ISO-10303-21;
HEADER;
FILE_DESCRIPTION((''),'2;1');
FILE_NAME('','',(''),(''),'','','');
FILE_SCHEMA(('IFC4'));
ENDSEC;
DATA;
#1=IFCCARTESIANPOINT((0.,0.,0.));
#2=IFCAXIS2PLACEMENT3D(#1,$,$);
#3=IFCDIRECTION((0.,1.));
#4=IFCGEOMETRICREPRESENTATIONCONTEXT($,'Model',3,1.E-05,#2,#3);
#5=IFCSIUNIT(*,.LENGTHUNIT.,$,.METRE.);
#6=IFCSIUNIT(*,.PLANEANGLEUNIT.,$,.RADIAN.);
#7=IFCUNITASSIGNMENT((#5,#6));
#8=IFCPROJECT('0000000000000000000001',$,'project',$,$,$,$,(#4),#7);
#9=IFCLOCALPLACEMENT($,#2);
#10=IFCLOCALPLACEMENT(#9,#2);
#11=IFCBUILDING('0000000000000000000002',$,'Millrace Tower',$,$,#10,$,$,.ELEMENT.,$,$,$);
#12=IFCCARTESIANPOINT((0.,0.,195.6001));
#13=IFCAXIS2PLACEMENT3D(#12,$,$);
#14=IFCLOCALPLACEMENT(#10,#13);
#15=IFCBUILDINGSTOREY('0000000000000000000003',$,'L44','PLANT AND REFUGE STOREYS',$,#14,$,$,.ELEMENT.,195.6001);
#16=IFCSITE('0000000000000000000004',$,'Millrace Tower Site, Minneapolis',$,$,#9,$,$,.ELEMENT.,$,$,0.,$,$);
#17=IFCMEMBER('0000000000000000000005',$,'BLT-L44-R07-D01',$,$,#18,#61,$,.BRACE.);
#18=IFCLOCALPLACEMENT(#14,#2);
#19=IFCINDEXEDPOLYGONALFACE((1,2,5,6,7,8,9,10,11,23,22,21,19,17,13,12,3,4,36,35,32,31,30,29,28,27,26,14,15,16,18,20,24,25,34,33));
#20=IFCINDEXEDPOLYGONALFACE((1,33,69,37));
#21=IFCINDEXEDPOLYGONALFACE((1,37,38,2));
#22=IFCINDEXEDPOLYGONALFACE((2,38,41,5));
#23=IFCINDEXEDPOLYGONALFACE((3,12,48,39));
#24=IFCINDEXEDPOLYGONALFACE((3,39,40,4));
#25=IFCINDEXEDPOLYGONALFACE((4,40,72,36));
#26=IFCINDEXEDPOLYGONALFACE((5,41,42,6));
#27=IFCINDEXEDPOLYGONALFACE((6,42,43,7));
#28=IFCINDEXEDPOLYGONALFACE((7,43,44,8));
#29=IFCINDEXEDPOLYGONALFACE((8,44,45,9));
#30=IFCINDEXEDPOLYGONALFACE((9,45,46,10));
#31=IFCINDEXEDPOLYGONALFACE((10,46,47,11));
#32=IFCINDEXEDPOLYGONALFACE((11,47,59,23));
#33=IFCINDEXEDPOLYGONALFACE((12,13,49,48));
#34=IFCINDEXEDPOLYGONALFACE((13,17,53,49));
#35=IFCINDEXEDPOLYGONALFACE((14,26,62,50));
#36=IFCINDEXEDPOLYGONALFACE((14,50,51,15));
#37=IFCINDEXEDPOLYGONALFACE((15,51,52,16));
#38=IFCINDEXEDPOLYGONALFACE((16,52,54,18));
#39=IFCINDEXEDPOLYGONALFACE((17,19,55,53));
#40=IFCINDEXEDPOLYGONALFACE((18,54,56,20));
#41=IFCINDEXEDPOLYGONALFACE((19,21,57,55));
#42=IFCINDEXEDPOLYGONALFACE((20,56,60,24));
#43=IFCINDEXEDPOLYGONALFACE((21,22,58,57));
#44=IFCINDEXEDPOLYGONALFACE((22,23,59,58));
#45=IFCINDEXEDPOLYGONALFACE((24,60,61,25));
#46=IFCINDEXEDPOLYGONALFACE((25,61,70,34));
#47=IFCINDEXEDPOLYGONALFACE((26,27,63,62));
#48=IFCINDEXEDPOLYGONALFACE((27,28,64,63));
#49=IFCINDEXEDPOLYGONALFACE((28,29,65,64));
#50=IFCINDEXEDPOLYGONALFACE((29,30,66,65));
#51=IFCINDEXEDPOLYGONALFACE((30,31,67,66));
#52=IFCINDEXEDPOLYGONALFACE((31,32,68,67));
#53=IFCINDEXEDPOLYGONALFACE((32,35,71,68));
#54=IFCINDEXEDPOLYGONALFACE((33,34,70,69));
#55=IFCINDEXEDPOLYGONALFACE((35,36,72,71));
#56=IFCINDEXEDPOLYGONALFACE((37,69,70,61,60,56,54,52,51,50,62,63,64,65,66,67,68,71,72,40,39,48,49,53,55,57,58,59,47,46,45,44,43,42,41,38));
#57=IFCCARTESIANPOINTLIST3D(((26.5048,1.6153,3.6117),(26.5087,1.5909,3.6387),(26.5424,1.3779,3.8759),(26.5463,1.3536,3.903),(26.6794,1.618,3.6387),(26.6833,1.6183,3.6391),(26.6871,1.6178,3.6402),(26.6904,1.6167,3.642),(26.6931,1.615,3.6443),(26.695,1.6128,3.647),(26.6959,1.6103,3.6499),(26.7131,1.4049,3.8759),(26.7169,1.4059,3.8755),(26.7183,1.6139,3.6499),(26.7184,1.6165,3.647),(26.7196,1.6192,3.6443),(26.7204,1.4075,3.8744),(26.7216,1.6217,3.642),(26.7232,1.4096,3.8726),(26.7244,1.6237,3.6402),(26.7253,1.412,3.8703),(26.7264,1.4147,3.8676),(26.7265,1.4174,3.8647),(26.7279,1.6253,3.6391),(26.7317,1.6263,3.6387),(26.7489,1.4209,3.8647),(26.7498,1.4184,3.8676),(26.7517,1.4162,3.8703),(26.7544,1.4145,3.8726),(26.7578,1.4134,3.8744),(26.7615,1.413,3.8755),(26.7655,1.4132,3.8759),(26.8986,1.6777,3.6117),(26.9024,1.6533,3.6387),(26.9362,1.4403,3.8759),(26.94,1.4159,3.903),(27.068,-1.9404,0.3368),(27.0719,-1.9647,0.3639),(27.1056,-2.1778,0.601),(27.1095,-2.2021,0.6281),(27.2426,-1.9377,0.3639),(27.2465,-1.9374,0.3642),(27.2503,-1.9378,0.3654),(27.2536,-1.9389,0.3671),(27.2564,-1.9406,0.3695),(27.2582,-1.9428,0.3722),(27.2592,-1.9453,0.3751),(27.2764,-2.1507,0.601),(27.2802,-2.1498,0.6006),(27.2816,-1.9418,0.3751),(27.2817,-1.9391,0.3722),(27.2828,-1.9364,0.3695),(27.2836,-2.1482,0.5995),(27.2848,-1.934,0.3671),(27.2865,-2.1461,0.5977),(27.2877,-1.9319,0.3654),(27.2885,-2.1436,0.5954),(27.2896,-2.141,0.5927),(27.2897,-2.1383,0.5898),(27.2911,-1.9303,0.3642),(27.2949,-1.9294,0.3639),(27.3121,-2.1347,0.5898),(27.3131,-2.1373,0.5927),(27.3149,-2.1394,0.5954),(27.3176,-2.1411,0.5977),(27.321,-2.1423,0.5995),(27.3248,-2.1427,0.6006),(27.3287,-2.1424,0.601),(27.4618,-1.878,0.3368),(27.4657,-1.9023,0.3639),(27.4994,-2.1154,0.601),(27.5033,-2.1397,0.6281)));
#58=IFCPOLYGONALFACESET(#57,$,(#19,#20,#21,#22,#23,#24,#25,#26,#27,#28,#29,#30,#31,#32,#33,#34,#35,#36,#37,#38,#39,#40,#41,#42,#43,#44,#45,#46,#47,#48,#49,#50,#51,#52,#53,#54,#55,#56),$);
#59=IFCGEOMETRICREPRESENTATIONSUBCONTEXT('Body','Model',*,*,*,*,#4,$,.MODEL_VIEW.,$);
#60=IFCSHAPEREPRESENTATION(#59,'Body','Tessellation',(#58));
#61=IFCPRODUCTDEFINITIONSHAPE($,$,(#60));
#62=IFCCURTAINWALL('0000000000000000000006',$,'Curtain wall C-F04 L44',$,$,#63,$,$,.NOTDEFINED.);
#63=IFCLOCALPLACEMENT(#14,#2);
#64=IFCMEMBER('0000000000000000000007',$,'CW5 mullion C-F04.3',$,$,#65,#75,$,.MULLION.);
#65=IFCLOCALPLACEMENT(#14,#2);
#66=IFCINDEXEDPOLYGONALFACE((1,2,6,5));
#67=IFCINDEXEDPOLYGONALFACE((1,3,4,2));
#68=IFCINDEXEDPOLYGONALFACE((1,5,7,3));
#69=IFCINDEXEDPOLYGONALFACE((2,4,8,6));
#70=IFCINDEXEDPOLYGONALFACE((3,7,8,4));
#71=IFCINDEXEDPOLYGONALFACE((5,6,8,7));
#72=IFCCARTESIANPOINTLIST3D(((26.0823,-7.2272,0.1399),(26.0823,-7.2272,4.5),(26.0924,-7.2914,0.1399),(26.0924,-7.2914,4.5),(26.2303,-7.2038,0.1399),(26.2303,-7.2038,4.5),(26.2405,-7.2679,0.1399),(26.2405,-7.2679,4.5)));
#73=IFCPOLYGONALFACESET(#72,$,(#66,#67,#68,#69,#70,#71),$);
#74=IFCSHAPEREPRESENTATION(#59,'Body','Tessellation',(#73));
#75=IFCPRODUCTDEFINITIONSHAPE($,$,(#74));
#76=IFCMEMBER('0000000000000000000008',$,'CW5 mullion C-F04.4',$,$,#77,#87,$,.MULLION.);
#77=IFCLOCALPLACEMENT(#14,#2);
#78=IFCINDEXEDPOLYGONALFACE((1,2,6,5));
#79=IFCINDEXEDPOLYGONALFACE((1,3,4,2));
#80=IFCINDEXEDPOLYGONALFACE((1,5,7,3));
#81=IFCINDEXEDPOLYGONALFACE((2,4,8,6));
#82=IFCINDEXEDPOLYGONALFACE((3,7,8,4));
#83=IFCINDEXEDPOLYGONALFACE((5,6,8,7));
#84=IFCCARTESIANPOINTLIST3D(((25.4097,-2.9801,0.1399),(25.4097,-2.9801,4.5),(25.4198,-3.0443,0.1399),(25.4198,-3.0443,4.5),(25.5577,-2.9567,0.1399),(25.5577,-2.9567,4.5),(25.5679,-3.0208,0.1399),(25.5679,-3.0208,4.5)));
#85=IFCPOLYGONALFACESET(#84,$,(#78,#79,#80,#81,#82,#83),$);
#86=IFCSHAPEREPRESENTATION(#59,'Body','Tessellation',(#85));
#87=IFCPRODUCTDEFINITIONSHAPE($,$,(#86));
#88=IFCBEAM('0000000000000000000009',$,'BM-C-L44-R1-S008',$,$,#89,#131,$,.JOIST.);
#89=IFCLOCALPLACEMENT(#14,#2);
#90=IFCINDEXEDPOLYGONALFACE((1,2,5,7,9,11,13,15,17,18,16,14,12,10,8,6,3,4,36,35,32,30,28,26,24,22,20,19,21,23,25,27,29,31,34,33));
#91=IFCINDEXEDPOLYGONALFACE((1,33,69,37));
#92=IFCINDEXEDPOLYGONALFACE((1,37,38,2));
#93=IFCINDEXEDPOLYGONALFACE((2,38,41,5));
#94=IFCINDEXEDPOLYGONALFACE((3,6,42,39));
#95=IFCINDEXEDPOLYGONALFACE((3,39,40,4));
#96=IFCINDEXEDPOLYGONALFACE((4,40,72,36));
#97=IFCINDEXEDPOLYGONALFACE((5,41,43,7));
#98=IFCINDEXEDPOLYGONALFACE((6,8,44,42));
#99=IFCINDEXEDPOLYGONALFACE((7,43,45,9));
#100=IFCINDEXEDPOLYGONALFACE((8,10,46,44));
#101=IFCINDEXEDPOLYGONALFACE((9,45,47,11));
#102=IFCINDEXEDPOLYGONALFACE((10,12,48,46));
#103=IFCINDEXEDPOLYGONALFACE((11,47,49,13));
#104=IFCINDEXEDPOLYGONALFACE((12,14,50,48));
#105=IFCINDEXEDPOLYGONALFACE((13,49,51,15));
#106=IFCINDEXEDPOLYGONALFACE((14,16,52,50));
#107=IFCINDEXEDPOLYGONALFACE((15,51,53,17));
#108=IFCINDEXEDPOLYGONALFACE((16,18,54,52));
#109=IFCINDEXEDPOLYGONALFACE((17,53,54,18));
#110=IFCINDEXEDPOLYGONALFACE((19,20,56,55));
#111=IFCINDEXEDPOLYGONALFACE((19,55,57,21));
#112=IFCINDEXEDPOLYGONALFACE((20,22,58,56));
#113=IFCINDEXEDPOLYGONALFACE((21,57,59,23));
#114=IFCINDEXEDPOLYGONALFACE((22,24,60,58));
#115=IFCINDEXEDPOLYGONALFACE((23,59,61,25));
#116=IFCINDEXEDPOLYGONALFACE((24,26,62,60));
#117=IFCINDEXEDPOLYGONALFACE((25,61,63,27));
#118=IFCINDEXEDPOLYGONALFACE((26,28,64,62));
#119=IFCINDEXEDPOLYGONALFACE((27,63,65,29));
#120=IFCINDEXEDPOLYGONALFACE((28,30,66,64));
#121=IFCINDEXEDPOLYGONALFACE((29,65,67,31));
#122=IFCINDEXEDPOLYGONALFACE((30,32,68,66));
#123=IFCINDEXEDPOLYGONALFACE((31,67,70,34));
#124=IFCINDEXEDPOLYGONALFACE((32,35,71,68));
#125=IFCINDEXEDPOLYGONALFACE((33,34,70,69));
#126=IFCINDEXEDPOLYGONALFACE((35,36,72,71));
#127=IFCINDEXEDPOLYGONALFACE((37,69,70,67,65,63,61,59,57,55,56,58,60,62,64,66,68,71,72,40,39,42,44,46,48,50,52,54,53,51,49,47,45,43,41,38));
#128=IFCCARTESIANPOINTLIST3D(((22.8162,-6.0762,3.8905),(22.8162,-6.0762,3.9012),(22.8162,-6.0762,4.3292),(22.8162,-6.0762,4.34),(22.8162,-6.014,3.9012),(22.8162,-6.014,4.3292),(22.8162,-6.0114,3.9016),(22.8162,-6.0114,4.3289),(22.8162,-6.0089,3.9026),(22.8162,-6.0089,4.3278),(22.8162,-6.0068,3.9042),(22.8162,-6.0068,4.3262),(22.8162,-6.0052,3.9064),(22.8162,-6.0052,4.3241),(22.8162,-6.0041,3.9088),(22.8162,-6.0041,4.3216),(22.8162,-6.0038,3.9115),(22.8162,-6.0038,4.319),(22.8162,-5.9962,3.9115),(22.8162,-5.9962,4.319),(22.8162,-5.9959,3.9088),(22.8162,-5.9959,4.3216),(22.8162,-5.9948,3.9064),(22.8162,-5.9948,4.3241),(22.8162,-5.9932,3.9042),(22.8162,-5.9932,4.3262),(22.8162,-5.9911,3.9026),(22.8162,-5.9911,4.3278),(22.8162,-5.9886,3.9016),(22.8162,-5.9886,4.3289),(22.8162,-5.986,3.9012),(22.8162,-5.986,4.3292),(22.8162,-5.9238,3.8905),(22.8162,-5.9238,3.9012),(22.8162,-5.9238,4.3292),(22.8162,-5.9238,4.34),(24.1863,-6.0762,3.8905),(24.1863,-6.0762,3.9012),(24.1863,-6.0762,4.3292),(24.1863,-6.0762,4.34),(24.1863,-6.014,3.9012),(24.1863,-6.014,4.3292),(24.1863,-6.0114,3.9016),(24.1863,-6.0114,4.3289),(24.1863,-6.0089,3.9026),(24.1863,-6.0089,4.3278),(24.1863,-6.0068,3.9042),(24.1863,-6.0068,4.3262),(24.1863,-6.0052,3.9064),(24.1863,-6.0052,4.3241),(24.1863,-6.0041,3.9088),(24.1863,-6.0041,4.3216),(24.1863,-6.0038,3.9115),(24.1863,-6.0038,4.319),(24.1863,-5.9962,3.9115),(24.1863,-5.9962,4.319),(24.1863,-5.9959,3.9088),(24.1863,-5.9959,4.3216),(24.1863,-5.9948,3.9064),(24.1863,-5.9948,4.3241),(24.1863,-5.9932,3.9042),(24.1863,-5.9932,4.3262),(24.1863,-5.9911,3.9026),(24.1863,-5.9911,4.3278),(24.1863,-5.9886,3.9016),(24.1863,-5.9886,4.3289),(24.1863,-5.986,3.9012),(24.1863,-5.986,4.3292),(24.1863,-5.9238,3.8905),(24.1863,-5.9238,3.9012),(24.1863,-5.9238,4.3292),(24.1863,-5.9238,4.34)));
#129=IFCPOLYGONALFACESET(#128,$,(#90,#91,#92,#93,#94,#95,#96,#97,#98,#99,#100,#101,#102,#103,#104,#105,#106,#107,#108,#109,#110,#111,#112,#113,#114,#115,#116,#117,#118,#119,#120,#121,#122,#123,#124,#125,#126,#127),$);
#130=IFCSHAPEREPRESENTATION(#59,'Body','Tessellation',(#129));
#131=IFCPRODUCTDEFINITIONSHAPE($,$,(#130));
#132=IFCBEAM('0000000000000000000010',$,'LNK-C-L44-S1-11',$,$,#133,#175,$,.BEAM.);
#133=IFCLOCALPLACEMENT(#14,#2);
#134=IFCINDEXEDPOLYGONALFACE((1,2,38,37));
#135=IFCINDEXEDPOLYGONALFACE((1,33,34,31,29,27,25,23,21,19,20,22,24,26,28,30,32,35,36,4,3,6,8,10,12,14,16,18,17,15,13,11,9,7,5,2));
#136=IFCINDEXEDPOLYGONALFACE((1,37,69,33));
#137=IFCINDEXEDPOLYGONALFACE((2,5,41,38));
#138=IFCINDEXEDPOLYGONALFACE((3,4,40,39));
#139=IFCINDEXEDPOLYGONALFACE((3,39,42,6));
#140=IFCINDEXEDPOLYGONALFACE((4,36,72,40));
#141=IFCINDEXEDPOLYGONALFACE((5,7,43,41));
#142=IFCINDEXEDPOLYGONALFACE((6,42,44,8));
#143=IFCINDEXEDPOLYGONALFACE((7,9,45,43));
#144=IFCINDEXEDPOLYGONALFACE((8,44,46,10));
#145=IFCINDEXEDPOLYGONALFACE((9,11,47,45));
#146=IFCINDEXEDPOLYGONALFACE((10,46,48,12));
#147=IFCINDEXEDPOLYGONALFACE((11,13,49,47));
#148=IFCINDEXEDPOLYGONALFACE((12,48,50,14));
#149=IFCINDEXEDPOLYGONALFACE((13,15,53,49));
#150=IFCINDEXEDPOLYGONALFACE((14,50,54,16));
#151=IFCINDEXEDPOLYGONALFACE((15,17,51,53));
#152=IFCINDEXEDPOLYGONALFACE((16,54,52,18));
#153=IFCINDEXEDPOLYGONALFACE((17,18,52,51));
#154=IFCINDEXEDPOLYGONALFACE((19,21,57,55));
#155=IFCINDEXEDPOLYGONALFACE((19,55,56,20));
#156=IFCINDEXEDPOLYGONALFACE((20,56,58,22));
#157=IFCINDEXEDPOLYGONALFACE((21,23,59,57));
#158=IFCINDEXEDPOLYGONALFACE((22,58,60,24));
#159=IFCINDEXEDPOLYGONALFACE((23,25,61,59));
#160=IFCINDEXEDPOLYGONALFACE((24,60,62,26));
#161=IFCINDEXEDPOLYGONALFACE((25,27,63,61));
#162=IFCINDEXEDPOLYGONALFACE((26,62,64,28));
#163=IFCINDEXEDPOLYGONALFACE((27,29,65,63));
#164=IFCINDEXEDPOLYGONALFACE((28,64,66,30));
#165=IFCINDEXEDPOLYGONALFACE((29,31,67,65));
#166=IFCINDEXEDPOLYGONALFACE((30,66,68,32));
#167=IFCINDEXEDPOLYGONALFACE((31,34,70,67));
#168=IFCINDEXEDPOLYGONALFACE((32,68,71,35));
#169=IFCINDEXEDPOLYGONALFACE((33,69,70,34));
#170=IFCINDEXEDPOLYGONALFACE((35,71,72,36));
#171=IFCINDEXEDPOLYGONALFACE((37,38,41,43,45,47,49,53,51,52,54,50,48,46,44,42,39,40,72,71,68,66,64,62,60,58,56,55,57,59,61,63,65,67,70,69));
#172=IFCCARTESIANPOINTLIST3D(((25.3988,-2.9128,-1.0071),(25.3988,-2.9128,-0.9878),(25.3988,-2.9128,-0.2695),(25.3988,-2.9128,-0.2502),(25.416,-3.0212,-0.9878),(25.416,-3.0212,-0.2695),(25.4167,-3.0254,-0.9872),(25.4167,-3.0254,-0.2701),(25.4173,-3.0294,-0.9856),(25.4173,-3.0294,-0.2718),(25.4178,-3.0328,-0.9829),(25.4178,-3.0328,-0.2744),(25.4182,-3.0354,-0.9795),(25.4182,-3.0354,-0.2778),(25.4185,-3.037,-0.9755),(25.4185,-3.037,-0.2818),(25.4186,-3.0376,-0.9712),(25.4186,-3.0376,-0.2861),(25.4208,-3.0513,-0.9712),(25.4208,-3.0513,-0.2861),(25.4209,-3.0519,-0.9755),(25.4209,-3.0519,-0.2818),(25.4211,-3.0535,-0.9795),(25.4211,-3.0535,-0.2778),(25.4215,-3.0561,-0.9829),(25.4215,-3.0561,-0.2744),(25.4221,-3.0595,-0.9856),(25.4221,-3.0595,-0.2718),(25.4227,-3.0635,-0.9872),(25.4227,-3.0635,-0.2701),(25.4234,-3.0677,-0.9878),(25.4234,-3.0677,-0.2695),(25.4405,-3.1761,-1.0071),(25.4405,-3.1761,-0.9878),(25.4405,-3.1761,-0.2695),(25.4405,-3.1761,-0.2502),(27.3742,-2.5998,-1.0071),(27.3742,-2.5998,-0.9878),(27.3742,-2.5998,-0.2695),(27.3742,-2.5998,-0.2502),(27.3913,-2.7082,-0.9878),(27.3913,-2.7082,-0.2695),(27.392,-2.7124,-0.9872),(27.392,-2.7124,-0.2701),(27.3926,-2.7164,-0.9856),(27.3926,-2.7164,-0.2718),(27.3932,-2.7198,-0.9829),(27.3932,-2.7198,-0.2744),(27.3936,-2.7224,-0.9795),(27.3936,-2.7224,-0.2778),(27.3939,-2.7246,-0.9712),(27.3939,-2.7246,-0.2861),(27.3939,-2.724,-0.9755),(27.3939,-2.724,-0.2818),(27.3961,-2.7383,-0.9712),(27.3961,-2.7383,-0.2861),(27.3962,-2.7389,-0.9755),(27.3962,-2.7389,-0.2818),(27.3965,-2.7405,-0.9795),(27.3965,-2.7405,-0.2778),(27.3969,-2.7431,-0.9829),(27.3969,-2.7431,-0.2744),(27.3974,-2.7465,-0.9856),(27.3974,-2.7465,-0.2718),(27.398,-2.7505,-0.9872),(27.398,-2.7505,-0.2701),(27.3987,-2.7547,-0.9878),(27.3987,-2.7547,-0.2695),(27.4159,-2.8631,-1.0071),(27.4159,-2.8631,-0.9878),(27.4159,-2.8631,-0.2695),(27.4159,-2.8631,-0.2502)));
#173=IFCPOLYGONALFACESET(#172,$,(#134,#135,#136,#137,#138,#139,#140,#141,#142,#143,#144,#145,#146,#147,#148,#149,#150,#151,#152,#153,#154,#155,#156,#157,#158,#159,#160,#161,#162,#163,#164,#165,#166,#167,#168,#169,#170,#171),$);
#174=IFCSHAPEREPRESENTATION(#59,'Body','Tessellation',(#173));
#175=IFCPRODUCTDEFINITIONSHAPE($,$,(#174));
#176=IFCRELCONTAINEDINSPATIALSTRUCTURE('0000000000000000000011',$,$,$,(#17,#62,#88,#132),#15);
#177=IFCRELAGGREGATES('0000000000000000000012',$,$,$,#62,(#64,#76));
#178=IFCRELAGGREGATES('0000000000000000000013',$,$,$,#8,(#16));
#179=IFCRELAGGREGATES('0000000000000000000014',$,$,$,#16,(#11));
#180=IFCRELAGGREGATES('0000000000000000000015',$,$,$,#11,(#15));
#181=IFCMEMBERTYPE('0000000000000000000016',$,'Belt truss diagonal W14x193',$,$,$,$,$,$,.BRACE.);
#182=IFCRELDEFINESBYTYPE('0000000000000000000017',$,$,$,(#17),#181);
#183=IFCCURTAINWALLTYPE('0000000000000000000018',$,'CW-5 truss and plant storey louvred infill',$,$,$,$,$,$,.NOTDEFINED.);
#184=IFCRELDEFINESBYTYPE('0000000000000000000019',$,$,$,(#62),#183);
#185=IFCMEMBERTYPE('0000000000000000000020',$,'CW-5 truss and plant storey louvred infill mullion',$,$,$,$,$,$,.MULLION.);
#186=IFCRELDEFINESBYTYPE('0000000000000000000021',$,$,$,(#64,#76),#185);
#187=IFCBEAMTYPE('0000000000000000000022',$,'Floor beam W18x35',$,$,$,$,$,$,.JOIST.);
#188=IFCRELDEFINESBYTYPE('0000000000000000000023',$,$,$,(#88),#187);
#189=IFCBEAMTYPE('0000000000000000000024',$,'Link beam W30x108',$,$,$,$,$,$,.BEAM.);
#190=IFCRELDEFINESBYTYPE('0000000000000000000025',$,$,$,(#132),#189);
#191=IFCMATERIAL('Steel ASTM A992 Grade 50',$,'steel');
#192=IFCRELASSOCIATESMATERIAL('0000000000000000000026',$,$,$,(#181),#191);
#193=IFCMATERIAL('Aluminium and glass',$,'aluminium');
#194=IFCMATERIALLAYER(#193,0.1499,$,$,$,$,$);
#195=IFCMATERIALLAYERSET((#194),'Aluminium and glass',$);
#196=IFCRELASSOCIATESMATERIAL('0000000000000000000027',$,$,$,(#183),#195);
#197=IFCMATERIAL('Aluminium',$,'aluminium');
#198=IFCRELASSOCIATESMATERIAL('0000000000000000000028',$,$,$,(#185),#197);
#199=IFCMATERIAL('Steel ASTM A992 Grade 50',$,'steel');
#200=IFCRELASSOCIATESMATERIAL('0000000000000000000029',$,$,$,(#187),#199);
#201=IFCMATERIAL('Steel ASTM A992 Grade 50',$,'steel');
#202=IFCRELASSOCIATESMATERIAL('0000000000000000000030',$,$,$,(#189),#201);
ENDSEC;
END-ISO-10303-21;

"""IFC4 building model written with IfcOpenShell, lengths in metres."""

from ifc_helpers import new_model, si_unit, direction, frame, origin, origin_2d, place, context, subcontext, project, spatial, rectangle, i_section, extrude, material, layer, layer_set, material_profile, profile_set, type_object, element, aggregate, save


model = new_model("IFC4")

# Units and contexts
model_context = context("Model", 3, precision=1e-05, world=origin(), true_north=direction((0.0, 1.0)))
body_context = subcontext(model_context, "Body", "Model", "MODEL_VIEW")
ifc_project = project(units=[si_unit("LENGTHUNIT", "METRE"), si_unit("PLANEANGLEUNIT", "RADIAN")], contexts=[model_context])

# Site, building, storey
site_placement = place(None, origin())
site = spatial("IfcSite", under=ifc_project, at=site_placement, Name="Millrace Tower Site, Minneapolis", CompositionType="ELEMENT", RefElevation=0.0)
building_placement = place(site_placement, origin())
building = spatial("IfcBuilding", under=site, at=building_placement, Name="Millrace Tower", CompositionType="ELEMENT")
storey_placement = place(building_placement, frame((0.0, 0.0, 195.6001)))
storey = spatial("IfcBuildingStorey", under=building, at=storey_placement, Name="L44", Description="PLANT AND REFUGE STOREYS", CompositionType="ELEMENT", Elevation=195.6001)

# Member
ifc_material_1 = material(Name="Steel ASTM A992 Grade 50", Category="steel")
ifc_material_profile_1 = material_profile(ifc_material_1, i_section(OverallWidth=0.3987, OverallDepth=0.3938, WebThickness=0.0227, FlangeThickness=0.0366, FilletRadius=0.0151, at=origin_2d()))
ifc_profile_set_1 = profile_set([ifc_material_profile_1], Name="Steel ASTM A992 Grade 50")
member_type_1 = type_object("IfcMemberType", Name="Belt truss diagonal W14x193", PredefinedType="BRACE", material=ifc_profile_set_1)
member_1_placement = place(storey_placement, frame((27.2856, -2.04, 0.4824), z_axis=(-0.115731, 0.730608, 0.672918), x_axis=(-0.987685, -0.156454, 0.0)))
element("IfcMember", 1, at=member_1_placement, inside=storey, type_object=member_type_1, Name="BLT-L44-R07-D01", PredefinedType="BRACE", context=body_context, shape_type="SweptSolid", body=[
    extrude(i_section(OverallWidth=0.3987, OverallDepth=0.3938, WebThickness=0.0227, FlangeThickness=0.0366, FilletRadius=0.0151, at=origin_2d()), origin(), (0.0, 0.0, 1.0), 4.8667),
])

# Curtain wall, members
ifc_material_2 = material(Name="Aluminium and glass", Category="aluminium")
ifc_layer_1 = layer(ifc_material_2, 0.1499)
ifc_layer_set_1 = layer_set([ifc_layer_1], Name="Aluminium and glass")
curtain_wall_type = type_object("IfcCurtainWallType", Name="CW-5 truss and plant storey louvred infill", PredefinedType="NOTDEFINED", material=ifc_layer_set_1)
curtain_wall_placement = place(storey_placement, origin())
curtain_wall = element("IfcCurtainWall", 2, at=curtain_wall_placement, inside=storey, type_object=curtain_wall_type, Name="Curtain wall C-F04 L44", PredefinedType="NOTDEFINED")
ifc_material_3 = material(Name="Aluminium", Category="aluminium")
ifc_material_profile_2 = material_profile(ifc_material_3, rectangle(XDim=0.0649, YDim=0.1499, at=origin_2d()))
ifc_profile_set_2 = profile_set([ifc_material_profile_2], Name="Aluminium")
member_type_2 = type_object("IfcMemberType", Name="CW-5 truss and plant storey louvred infill mullion", PredefinedType="MULLION", material=ifc_profile_set_2)
member_2_placement = place(storey_placement, frame((26.1614, -7.2476, 0.1399), z_axis=(0.0, 0.0, 1.0), x_axis=(-0.156434, 0.987688, 0.0)))
member_2 = element("IfcMember", 3, at=member_2_placement, type_object=member_type_2, Name="CW5 mullion C-F04.3", PredefinedType="MULLION", context=body_context, shape_type="SweptSolid", body=[
    extrude(rectangle(XDim=0.0649, YDim=0.1499, at=origin_2d()), origin(), (0.0, 0.0, 1.0), 4.3601),
])
member_3_placement = place(storey_placement, frame((25.4888, -3.0005, 0.1399), z_axis=(0.0, 0.0, 1.0), x_axis=(-0.156434, 0.987688, 0.0)))
member_3 = element("IfcMember", 4, at=member_3_placement, type_object=member_type_2, Name="CW5 mullion C-F04.4", PredefinedType="MULLION", context=body_context, shape_type="SweptSolid", body=[
    extrude(rectangle(XDim=0.0649, YDim=0.1499, at=origin_2d()), origin(), (0.0, 0.0, 1.0), 4.3601),
])
aggregate(curtain_wall, [member_2, member_3])

# Beams
ifc_material_4 = material(Name="Steel ASTM A992 Grade 50", Category="steel")
ifc_material_profile_3 = material_profile(ifc_material_4, i_section(OverallWidth=0.1523, OverallDepth=0.4495, WebThickness=0.0076, FlangeThickness=0.0107, FilletRadius=0.0103, at=origin_2d()))
ifc_profile_set_3 = profile_set([ifc_material_profile_3], Name="Steel ASTM A992 Grade 50")
beam_type_1 = type_object("IfcBeamType", Name="Floor beam W18x35", PredefinedType="JOIST", material=ifc_profile_set_3)
beam_1_placement = place(storey_placement, frame((22.8162, -6.0, 4.1152), z_axis=(1.0, 0.0, 0.0), x_axis=(0.0, 1.0, 0.0)))
element("IfcBeam", 5, at=beam_1_placement, inside=storey, type_object=beam_type_1, Name="BM-C-L44-R1-S008", PredefinedType="JOIST", context=body_context, shape_type="SweptSolid", body=[
    extrude(i_section(OverallWidth=0.1523, OverallDepth=0.4495, WebThickness=0.0076, FlangeThickness=0.0107, FilletRadius=0.0103, at=origin_2d()), origin(), (0.0, 0.0, 1.0), 1.3701),
])
ifc_material_5 = material(Name="Steel ASTM A992 Grade 50", Category="steel")
ifc_material_profile_4 = material_profile(ifc_material_5, i_section(OverallWidth=0.2666, OverallDepth=0.7568, WebThickness=0.0139, FlangeThickness=0.0193, FilletRadius=0.0166, at=origin_2d()))
ifc_profile_set_4 = profile_set([ifc_material_profile_4], Name="Steel ASTM A992 Grade 50")
beam_type_2 = type_object("IfcBeamType", Name="Link beam W30x108", PredefinedType="BEAM", material=ifc_profile_set_4)
beam_2_placement = place(storey_placement, frame((25.4197, -3.0444, -0.6287), z_axis=(0.987679, 0.156495, 0.0), x_axis=(-0.156495, 0.987679, 0.0)))
element("IfcBeam", 6, at=beam_2_placement, inside=storey, type_object=beam_type_2, Name="LNK-C-L44-S1-11", PredefinedType="BEAM", context=body_context, shape_type="SweptSolid", body=[
    extrude(i_section(OverallWidth=0.2666, OverallDepth=0.7568, WebThickness=0.0139, FlangeThickness=0.0193, FilletRadius=0.0166, at=origin_2d()), origin(), (0.0, 0.0, 1.0), 2.0),
])

save(model, "model.ifc")
